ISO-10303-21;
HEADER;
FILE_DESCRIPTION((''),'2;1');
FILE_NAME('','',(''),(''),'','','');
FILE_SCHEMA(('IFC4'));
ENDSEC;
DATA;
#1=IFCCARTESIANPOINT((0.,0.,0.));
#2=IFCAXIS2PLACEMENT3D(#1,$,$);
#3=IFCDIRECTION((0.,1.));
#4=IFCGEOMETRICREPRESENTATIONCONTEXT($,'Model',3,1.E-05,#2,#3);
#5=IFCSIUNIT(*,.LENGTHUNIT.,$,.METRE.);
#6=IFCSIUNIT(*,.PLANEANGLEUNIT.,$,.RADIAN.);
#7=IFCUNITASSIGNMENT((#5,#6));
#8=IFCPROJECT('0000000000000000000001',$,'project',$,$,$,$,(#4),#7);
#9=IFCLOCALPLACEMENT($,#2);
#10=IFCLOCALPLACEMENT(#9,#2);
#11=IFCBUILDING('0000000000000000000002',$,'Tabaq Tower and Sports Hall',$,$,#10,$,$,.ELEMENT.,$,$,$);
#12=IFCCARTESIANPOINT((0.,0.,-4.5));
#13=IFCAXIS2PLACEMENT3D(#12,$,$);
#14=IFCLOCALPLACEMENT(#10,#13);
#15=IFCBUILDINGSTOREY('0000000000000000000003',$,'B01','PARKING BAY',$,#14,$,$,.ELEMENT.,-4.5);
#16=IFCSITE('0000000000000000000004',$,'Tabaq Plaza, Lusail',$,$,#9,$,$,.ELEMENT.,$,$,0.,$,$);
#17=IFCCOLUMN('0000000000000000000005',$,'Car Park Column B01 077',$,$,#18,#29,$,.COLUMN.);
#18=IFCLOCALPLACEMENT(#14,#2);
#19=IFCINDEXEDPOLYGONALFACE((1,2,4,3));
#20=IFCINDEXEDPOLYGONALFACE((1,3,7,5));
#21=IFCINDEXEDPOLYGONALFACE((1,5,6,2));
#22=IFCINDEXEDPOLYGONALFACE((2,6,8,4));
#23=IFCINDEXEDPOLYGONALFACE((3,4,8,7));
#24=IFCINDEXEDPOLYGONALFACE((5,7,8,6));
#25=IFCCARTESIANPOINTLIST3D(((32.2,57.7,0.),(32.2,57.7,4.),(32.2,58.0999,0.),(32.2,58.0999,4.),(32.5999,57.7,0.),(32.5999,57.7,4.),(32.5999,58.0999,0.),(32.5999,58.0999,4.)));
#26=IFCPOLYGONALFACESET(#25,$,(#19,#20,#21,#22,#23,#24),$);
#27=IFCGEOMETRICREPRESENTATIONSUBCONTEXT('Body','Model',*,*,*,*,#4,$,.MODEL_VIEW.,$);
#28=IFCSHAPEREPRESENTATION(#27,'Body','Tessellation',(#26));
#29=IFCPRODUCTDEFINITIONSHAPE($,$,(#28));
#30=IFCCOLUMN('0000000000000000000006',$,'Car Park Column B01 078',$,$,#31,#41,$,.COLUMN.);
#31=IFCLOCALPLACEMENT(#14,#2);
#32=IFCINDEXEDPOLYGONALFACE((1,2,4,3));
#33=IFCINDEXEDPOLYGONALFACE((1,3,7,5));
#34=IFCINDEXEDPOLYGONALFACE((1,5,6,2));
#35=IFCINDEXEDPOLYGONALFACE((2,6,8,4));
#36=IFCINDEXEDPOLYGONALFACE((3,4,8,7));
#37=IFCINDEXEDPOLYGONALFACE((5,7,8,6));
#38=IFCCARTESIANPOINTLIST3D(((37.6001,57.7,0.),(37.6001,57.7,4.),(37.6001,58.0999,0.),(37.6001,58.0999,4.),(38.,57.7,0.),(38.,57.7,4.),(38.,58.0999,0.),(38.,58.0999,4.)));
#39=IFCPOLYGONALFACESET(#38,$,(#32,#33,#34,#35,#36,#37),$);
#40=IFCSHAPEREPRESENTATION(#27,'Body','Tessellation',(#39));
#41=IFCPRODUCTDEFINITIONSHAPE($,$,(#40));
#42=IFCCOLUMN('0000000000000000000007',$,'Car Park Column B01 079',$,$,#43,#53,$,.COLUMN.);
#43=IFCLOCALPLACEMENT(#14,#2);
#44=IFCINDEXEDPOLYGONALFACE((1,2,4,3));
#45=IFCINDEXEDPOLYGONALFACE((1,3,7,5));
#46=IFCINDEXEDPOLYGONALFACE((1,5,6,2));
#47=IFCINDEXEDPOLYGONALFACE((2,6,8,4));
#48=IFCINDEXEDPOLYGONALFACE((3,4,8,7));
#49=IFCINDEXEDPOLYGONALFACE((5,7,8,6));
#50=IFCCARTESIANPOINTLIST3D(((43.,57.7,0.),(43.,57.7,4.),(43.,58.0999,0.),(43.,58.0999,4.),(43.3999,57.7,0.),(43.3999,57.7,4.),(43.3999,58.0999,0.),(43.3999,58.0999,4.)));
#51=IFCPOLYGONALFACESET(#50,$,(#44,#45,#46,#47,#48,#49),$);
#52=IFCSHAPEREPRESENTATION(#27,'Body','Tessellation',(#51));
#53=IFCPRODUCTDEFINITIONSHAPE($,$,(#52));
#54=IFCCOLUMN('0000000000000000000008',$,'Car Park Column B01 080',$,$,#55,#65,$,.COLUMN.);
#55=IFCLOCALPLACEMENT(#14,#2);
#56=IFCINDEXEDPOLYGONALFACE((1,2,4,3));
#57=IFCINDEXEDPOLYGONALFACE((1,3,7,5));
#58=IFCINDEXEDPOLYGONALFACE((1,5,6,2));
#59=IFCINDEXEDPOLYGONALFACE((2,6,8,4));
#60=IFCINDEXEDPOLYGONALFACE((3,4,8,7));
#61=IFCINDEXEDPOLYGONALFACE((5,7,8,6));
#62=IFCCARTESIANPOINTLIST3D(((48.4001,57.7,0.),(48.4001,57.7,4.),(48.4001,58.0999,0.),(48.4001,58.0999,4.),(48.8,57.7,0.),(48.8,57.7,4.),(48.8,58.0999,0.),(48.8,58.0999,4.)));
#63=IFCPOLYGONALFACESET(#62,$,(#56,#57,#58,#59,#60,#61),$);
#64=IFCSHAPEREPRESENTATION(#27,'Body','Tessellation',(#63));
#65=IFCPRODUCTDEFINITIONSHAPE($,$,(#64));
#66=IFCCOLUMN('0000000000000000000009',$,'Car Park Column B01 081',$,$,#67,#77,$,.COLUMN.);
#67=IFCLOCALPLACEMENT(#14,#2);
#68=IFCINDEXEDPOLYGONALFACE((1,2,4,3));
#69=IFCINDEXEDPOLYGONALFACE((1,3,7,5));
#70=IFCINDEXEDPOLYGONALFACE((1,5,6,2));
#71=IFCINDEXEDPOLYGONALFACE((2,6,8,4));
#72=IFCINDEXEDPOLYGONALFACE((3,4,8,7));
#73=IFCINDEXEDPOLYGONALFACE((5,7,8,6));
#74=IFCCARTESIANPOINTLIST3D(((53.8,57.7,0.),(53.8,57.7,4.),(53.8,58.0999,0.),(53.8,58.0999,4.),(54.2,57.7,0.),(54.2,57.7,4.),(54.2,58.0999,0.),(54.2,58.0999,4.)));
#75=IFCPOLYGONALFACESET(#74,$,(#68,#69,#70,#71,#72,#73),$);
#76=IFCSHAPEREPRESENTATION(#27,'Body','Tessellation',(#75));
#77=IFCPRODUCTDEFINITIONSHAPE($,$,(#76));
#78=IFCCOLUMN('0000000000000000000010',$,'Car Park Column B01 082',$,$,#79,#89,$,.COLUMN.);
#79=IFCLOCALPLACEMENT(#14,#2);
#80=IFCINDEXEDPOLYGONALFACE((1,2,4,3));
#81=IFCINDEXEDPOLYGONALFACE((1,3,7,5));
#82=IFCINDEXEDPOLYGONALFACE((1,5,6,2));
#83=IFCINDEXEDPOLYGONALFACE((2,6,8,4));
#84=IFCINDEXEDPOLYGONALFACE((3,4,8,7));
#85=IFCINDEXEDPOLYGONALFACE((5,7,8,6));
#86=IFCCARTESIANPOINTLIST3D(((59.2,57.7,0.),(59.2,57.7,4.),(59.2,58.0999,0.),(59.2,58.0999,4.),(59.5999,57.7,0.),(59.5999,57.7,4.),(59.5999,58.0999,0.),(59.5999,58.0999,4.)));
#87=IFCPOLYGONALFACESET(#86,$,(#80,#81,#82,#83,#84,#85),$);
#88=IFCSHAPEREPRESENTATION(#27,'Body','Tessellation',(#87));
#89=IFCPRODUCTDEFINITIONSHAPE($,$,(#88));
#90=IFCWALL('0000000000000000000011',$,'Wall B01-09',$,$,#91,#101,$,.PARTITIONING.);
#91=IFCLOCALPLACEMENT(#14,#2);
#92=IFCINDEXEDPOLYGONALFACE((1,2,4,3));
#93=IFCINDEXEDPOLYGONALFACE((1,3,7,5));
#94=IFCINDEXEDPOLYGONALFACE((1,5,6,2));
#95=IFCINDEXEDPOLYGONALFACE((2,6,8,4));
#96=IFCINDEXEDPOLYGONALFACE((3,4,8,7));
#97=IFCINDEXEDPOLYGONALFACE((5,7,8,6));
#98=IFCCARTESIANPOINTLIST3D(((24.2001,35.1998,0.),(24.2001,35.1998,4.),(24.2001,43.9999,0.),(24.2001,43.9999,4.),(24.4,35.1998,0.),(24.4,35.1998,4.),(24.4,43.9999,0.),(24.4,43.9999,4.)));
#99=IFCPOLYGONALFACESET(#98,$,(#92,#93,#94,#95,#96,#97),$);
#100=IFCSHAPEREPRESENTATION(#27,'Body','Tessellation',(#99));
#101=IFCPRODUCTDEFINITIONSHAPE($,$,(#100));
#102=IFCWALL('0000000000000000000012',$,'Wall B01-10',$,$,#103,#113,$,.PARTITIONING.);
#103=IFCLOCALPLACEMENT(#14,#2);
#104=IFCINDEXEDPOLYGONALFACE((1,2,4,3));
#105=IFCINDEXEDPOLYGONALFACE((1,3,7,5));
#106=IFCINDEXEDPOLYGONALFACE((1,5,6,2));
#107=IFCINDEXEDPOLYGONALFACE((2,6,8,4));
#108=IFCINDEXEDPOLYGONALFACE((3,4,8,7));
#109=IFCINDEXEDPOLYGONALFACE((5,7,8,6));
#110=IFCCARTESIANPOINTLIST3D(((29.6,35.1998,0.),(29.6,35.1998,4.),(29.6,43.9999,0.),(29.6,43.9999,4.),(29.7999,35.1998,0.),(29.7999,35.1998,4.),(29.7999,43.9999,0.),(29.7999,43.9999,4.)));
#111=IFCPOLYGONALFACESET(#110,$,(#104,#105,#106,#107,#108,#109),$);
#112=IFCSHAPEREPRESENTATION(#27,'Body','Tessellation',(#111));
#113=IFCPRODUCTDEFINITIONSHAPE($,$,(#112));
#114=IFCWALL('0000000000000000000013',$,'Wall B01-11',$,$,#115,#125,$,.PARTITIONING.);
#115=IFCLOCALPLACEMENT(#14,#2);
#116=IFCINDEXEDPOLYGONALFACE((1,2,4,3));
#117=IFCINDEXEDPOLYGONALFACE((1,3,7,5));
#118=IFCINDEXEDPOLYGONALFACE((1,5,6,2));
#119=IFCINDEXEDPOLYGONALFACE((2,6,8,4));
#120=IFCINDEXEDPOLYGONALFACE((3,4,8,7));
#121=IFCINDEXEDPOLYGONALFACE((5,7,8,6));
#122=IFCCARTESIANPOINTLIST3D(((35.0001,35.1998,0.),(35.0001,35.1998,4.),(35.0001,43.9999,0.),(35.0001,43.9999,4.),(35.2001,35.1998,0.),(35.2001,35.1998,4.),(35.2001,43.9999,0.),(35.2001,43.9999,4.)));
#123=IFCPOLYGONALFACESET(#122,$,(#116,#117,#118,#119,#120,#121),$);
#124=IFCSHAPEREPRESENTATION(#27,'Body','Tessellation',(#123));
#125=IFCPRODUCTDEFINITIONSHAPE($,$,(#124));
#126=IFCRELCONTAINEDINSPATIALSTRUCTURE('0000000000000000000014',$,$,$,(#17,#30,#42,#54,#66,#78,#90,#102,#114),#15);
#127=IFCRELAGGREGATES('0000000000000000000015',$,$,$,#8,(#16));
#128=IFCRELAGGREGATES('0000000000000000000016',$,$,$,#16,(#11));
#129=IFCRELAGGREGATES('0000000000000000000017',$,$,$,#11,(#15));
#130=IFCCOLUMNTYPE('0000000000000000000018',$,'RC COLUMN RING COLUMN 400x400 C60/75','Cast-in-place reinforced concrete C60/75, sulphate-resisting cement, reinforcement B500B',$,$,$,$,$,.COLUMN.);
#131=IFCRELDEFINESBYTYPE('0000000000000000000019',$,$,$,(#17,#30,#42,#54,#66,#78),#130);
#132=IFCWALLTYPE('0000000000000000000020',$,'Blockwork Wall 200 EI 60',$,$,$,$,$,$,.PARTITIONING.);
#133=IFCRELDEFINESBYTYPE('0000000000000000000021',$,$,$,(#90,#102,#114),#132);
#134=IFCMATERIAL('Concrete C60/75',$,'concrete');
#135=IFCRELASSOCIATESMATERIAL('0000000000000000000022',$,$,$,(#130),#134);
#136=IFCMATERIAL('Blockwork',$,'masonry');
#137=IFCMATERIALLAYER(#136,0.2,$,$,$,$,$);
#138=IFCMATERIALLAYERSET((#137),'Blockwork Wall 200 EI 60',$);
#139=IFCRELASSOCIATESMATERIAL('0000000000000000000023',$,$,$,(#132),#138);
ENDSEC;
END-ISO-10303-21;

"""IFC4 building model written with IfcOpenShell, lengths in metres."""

from ifc_helpers import new_model, si_unit, direction, frame, frame_2d, origin, origin_2d, place, context, subcontext, project, spatial, rectangle, extrude, material, layer, layer_set, material_profile, profile_set, type_object, element, save


model = new_model("IFC4")

# Units and contexts
model_context = context("Model", 3, precision=1e-05, world=origin(), true_north=direction((0.0, 1.0)))
body_context = subcontext(model_context, "Body", "Model", "MODEL_VIEW")
ifc_project = project(units=[si_unit("LENGTHUNIT", "METRE"), si_unit("PLANEANGLEUNIT", "RADIAN")], contexts=[model_context])

# Site, building, storey
site_placement = place(None, origin())
site = spatial("IfcSite", under=ifc_project, at=site_placement, Name="Tabaq Plaza, Lusail", CompositionType="ELEMENT", RefElevation=0.0)
building_placement = place(site_placement, origin())
building = spatial("IfcBuilding", under=site, at=building_placement, Name="Tabaq Tower and Sports Hall", CompositionType="ELEMENT")
storey_placement = place(building_placement, frame((0.0, 0.0, -4.5)))
storey = spatial("IfcBuildingStorey", under=building, at=storey_placement, Name="B01", Description="PARKING BAY", CompositionType="ELEMENT", Elevation=-4.5)

# Columns
ifc_material_1 = material(Name="Concrete C60/75", Category="concrete")
ifc_material_profile_1 = material_profile(ifc_material_1, rectangle(XDim=0.3999, YDim=0.3999, at=origin_2d()), Name="RING COLUMN 400x400")
ifc_profile_set_1 = profile_set([ifc_material_profile_1], Name="Concrete C60/75")
column_type_1 = type_object("IfcColumnType", Name="RC COLUMN RING COLUMN 400x400 C60/75", Description="Cast-in-place reinforced concrete C60/75, sulphate-resisting cement, reinforcement B500B", PredefinedType="COLUMN", material=ifc_profile_set_1)
for number, where, z_axis, x_axis, name in (
    (1, (32.3999, 57.8999, 0.0), (0.0, 0.0, 1.0), (1.0, 0.0, 0.0), "Car Park Column B01 077"),
    (2, (37.8, 57.8999, 0.0), (0.0, 0.0, 1.0), (1.0, 0.0, 0.0), "Car Park Column B01 078"),
    (3, (43.2, 57.8999, 0.0), (0.0, 0.0, 1.0), (1.0, 0.0, 0.0), "Car Park Column B01 079"),
    (4, (48.6001, 57.8999, 0.0), (0.0, 0.0, 1.0), (1.0, 0.0, 0.0), "Car Park Column B01 080"),
    (5, (54.0, 57.8999, 0.0), (0.0, 0.0, 1.0), (1.0, 0.0, 0.0), "Car Park Column B01 081"),
    (6, (59.3999, 57.8999, 0.0), (0.0, 0.0, 1.0), (1.0, 0.0, 0.0), "Car Park Column B01 082"),
):
    element("IfcColumn", number, at=place(storey_placement, frame(where, z_axis=z_axis, x_axis=x_axis)), inside=storey, type_object=column_type_1, Name=name, PredefinedType="COLUMN", context=body_context, shape_type="SweptSolid", body=[
        extrude(rectangle(XDim=0.3999, YDim=0.3999, at=origin_2d()), origin(), (0.0, 0.0, 1.0), 4.0),
    ])

# Walls
ifc_material_2 = material(Name="Blockwork", Category="masonry")
ifc_layer = layer(ifc_material_2, 0.2)
ifc_layer_set = layer_set([ifc_layer], Name="Blockwork Wall 200 EI 60")
wall_type = type_object("IfcWallType", Name="Blockwork Wall 200 EI 60", PredefinedType="PARTITIONING", material=ifc_layer_set)
for number, where, z_axis, x_axis, name in (
    (7, (24.3, 35.2, 0.0), (0.0, 0.0, 1.0), (0.0, 1.0, 0.0), "Wall B01-09"),
    (8, (29.7, 35.2, 0.0), (0.0, 0.0, 1.0), (0.0, 1.0, 0.0), "Wall B01-10"),
    (9, (35.1001, 35.2, 0.0), (0.0, 0.0, 1.0), (0.0, 1.0, 0.0), "Wall B01-11"),
):
    element("IfcWall", number, at=place(storey_placement, frame(where, z_axis=z_axis, x_axis=x_axis)), inside=storey, type_object=wall_type, Name=name, PredefinedType="PARTITIONING", context=body_context, shape_type="SweptSolid", body=[
        extrude(rectangle(XDim=8.8, YDim=0.2, at=frame_2d((4.3999, 0.0))), origin(), (0.0, 0.0, 1.0), 4.0),
    ])

save(model, "model.ifc")
